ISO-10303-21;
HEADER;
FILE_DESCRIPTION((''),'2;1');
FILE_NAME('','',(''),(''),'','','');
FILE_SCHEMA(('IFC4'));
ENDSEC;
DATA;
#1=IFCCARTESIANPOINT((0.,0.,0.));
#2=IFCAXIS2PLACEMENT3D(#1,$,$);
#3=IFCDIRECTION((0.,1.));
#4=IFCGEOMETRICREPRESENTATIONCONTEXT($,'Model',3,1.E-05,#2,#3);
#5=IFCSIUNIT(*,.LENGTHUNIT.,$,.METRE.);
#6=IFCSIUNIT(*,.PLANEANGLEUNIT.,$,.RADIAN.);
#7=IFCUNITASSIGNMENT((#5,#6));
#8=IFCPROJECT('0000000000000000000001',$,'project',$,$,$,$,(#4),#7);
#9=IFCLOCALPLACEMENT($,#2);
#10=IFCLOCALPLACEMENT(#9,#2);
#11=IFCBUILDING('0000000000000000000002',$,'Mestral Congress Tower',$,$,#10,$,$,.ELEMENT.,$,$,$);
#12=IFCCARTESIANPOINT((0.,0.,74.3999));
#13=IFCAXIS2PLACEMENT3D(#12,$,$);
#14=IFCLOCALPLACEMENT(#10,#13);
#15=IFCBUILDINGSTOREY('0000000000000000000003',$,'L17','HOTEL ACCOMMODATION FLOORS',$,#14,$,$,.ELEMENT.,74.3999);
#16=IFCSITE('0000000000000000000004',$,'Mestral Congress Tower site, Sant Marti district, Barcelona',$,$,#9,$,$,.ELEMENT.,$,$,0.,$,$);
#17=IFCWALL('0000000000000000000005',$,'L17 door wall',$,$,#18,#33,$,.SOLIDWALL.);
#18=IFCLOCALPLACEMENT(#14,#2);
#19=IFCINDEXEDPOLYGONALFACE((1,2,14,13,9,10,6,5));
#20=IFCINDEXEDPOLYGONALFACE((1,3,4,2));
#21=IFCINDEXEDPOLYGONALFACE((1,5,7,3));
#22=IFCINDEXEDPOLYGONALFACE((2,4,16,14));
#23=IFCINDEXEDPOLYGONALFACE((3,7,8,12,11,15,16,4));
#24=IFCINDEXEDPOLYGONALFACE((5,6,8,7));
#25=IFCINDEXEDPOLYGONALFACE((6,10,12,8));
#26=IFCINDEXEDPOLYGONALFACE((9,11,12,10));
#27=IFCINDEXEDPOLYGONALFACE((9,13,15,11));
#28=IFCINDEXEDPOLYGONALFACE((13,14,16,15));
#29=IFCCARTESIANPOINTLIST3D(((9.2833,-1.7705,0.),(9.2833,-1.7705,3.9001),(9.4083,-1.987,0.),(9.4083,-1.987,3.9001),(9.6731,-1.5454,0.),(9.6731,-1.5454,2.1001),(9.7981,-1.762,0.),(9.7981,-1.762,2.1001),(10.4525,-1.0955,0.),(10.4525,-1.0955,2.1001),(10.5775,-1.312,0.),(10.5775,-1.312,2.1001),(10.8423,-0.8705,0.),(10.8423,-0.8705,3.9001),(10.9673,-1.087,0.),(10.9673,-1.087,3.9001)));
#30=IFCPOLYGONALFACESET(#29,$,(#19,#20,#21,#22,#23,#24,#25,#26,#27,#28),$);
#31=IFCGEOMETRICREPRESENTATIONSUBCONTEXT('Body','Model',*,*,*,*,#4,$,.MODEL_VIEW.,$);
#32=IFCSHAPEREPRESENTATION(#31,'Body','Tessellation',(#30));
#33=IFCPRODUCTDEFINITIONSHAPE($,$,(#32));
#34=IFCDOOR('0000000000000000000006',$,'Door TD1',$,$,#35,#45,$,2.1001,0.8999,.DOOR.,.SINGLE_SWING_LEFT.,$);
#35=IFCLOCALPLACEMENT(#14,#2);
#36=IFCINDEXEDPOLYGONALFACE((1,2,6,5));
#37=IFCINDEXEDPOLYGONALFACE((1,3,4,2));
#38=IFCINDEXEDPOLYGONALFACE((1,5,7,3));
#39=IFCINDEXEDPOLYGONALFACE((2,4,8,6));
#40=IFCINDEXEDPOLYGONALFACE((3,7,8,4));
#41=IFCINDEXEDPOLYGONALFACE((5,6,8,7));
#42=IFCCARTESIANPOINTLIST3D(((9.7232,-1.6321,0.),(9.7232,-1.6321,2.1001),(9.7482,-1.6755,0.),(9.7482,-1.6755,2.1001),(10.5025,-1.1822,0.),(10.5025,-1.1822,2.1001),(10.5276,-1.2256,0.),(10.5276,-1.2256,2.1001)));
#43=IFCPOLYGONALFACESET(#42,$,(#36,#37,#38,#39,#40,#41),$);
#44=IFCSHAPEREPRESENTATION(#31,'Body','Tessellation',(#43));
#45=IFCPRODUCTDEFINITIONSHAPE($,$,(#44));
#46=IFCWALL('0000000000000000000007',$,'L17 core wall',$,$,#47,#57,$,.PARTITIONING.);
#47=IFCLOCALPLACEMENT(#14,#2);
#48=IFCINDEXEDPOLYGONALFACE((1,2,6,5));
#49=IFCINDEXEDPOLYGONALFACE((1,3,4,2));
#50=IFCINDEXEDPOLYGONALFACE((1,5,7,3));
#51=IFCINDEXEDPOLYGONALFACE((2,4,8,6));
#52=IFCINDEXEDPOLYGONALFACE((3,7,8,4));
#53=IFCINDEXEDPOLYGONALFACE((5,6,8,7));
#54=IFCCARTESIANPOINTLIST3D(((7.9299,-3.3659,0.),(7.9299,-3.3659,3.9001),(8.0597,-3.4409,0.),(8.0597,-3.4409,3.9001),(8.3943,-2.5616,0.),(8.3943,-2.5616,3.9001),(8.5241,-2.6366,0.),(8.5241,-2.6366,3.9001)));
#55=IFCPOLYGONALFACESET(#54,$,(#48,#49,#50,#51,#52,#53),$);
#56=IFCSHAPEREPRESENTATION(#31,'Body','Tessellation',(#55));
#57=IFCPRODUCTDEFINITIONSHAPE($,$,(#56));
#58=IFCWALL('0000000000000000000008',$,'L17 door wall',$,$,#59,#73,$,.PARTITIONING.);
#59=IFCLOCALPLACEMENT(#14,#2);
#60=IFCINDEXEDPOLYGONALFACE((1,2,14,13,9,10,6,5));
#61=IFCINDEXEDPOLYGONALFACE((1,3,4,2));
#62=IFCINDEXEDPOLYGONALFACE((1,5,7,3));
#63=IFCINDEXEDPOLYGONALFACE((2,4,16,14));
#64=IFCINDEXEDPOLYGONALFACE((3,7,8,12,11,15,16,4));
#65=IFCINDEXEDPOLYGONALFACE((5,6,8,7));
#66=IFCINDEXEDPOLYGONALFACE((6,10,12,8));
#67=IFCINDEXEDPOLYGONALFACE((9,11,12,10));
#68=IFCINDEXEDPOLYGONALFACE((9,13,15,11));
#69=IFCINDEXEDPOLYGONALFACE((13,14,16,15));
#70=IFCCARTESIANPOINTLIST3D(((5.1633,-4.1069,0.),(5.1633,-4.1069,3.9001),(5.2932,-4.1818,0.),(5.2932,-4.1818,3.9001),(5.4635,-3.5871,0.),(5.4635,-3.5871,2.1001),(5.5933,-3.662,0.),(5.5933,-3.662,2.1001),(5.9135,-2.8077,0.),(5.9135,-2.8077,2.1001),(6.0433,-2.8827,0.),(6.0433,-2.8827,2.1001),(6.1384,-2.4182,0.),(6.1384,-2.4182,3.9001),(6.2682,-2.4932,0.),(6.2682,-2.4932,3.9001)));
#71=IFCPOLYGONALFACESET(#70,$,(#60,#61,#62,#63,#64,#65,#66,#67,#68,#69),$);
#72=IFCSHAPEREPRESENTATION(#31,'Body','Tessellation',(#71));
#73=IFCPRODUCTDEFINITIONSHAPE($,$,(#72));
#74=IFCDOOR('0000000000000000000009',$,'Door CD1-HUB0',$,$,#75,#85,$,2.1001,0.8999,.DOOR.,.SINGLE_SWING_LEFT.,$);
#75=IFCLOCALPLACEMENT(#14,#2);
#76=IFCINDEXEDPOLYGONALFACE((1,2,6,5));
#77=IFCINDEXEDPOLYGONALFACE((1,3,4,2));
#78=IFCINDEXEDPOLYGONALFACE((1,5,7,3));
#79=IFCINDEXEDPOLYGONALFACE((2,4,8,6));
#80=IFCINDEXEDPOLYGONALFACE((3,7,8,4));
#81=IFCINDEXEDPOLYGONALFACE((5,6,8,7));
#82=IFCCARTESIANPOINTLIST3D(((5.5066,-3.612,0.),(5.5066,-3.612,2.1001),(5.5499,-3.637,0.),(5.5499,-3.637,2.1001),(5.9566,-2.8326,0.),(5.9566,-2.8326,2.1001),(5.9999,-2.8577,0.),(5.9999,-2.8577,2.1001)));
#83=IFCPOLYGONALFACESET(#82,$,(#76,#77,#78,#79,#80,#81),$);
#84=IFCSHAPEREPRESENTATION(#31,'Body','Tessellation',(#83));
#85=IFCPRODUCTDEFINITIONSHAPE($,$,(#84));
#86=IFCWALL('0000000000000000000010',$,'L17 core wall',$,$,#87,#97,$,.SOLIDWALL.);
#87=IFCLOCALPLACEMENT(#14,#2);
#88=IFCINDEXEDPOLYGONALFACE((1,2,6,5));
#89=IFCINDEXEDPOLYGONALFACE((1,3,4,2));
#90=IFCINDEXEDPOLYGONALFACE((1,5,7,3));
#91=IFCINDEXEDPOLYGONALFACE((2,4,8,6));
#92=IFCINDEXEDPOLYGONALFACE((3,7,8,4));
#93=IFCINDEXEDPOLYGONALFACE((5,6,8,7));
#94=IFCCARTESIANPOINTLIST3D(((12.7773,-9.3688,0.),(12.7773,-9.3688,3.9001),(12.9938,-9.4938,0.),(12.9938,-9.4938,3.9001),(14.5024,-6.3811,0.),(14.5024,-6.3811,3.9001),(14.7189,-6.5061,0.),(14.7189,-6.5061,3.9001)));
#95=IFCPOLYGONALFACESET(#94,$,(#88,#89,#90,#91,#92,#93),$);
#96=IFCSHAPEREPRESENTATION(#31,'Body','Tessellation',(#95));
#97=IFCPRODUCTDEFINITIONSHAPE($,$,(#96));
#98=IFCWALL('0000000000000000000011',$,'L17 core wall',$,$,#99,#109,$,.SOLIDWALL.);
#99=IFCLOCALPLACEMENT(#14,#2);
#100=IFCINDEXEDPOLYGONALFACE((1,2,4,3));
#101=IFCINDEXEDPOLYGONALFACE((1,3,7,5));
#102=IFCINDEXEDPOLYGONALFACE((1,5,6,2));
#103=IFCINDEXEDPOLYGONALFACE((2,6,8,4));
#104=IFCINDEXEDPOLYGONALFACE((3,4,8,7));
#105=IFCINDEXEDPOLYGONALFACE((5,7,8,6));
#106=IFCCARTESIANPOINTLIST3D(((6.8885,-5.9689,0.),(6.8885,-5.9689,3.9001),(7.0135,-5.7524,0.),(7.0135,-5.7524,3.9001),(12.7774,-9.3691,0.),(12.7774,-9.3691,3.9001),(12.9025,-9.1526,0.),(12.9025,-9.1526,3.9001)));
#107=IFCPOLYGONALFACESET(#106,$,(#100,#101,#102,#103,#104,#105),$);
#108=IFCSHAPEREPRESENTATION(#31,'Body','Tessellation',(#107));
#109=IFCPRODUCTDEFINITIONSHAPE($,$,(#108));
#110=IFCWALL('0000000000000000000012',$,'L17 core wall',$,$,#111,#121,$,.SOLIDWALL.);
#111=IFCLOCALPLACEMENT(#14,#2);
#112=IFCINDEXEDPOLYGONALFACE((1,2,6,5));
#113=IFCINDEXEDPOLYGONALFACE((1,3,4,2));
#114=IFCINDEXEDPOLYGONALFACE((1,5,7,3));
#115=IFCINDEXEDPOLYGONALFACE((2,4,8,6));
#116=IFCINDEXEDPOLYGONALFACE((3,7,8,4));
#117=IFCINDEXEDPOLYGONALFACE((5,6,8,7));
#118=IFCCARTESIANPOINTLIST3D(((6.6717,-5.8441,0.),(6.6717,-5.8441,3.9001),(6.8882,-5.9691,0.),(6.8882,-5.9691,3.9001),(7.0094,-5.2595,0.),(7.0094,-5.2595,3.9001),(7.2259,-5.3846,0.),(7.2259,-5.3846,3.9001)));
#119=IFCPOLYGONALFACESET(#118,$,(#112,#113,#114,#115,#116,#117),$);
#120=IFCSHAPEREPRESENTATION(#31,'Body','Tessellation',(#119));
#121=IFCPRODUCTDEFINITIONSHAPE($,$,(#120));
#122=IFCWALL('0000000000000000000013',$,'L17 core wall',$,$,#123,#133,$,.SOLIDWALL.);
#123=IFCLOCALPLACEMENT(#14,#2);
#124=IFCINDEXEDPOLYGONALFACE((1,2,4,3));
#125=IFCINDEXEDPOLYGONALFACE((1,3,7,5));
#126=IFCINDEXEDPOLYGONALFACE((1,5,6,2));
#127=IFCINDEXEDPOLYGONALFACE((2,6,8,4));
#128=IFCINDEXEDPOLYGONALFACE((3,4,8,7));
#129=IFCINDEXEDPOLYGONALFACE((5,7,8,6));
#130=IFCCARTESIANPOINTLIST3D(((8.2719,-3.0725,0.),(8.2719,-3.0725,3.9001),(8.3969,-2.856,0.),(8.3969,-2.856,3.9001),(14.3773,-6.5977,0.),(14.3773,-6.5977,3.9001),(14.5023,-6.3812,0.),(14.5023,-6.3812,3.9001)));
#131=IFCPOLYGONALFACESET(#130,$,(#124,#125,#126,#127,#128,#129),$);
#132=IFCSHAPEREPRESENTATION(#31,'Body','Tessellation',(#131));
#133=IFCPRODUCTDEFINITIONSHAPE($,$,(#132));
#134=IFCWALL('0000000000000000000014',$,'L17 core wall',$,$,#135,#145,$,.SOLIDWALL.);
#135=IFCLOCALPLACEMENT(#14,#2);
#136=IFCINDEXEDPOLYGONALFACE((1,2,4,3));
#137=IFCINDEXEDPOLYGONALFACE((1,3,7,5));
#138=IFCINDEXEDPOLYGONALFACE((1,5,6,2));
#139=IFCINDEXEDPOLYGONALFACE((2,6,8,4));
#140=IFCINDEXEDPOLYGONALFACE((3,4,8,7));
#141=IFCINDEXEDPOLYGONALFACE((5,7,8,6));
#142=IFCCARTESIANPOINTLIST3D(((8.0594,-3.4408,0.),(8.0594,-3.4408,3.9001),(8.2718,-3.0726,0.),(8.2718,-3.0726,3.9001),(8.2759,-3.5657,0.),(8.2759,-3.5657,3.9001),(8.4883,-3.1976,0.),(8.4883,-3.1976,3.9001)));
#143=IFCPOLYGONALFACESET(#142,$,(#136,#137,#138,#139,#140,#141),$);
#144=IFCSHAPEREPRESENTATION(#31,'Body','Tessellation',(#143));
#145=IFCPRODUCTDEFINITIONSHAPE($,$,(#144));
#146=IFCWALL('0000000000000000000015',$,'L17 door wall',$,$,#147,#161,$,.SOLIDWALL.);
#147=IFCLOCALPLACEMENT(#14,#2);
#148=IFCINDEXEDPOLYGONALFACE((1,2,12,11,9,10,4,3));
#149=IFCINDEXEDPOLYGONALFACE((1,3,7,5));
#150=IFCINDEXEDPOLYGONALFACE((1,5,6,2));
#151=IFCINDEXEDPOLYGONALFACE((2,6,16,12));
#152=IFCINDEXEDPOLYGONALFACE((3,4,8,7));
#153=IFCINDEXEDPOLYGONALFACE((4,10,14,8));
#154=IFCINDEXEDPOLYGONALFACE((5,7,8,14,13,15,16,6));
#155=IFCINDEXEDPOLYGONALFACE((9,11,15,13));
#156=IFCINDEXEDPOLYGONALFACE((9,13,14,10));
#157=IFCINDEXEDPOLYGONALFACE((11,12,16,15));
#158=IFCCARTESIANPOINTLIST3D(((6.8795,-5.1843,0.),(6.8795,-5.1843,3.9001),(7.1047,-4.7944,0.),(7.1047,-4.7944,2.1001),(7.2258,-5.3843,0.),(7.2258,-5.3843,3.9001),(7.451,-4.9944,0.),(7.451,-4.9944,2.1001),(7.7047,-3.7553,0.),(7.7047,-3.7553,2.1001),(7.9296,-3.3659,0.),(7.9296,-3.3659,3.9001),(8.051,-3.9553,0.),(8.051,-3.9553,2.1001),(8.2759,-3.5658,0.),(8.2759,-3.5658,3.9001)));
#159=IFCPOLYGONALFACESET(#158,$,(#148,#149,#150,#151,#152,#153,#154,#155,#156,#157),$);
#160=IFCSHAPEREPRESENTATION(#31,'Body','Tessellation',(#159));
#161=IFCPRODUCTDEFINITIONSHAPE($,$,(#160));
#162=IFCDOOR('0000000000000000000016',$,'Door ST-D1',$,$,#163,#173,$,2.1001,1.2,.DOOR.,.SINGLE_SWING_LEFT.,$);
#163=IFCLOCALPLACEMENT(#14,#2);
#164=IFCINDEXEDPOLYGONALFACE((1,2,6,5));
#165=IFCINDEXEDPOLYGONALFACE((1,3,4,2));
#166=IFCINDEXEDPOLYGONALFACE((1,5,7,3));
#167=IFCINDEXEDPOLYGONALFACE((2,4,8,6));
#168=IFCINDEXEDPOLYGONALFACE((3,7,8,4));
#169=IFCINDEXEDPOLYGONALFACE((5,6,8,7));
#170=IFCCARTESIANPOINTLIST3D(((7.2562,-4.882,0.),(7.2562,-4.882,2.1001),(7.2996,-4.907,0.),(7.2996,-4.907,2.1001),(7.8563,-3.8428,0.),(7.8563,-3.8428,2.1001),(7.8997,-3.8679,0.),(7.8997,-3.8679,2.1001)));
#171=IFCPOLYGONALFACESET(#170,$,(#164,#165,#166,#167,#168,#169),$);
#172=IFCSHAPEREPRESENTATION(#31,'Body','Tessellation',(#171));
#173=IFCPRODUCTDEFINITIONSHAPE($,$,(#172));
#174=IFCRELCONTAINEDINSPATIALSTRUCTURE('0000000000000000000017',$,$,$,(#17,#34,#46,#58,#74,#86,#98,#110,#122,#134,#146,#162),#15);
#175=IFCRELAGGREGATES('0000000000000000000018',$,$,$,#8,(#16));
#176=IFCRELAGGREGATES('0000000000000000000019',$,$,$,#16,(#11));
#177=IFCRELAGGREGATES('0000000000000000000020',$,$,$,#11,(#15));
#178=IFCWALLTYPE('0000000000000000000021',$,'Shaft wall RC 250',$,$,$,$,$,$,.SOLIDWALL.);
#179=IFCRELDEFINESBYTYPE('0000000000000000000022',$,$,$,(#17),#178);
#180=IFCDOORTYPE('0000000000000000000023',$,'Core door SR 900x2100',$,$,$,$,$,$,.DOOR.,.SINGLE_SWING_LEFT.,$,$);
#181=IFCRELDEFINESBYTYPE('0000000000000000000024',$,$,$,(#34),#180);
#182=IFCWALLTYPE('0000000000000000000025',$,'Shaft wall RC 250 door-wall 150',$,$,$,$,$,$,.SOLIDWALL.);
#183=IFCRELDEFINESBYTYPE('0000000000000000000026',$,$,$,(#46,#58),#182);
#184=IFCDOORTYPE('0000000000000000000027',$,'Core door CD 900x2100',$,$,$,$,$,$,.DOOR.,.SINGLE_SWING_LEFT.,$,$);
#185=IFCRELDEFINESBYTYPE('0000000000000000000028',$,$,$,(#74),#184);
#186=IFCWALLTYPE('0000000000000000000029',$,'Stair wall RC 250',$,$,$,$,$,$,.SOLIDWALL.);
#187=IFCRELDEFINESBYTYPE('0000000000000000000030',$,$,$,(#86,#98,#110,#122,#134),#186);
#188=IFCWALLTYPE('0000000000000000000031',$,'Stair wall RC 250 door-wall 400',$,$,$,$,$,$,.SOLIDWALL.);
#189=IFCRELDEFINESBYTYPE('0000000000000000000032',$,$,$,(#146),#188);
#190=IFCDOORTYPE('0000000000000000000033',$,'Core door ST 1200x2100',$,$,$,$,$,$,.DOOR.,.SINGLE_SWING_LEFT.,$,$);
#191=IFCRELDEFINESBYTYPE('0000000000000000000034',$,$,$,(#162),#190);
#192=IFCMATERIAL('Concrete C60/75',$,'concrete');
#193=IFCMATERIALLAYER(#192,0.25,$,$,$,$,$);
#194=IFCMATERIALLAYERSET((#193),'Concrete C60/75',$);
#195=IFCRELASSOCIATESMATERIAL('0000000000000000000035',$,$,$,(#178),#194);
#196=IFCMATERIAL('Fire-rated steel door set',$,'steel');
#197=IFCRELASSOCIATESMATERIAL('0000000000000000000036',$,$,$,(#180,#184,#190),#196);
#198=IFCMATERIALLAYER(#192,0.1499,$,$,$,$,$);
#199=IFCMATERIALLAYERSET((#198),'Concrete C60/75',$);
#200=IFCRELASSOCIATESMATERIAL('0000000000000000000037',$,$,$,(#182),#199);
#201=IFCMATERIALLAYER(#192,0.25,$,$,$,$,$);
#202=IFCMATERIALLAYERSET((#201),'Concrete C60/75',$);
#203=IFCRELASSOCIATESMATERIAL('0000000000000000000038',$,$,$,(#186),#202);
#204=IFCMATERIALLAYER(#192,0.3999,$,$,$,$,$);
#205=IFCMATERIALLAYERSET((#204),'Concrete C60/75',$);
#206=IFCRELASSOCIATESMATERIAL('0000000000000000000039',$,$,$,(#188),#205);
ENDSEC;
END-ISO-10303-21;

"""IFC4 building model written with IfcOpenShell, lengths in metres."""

from ifc_helpers import new_model, si_unit, direction, frame, frame_2d, origin, place, context, subcontext, project, spatial, rectangle, extrude, material, layer, layer_set, type_object, element, fill, save


model = new_model("IFC4")

# Units and contexts
model_context = context("Model", 3, precision=1e-05, world=origin(), true_north=direction((0.0, 1.0)))
body_context = subcontext(model_context, "Body", "Model", "MODEL_VIEW")
ifc_project = project(units=[si_unit("LENGTHUNIT", "METRE"), si_unit("PLANEANGLEUNIT", "RADIAN")], contexts=[model_context])

# Site, building, storey
site_placement = place(None, origin())
site = spatial("IfcSite", under=ifc_project, at=site_placement, Name="Mestral Congress Tower site, Sant Marti district, Barcelona", CompositionType="ELEMENT", RefElevation=0.0)
building_placement = place(site_placement, origin())
building = spatial("IfcBuilding", under=site, at=building_placement, Name="Mestral Congress Tower", CompositionType="ELEMENT")
storey_placement = place(building_placement, frame((0.0, 0.0, 74.3999)))
storey = spatial("IfcBuildingStorey", under=building, at=storey_placement, Name="L17", Description="HOTEL ACCOMMODATION FLOORS", CompositionType="ELEMENT", Elevation=74.3999)

# Shared definitions
ifc_material_1 = material(Name="Fire-rated steel door set", Category="steel")

# Shared definitions
ifc_material_2 = material(Name="Concrete C60/75", Category="concrete")
ifc_layer_1 = layer(ifc_material_2, 0.25)
ifc_layer_set_1 = layer_set([ifc_layer_1], Name="Concrete C60/75")
wall_type_1 = type_object("IfcWallType", Name="Shaft wall RC 250", PredefinedType="SOLIDWALL", material=ifc_layer_set_1)

# Wall, opening, door
door_type_1 = type_object("IfcDoorType", Name="Core door SR 900x2100", OperationType="SINGLE_SWING_LEFT", PredefinedType="DOOR", material=ifc_material_1)
wall_1_placement = place(storey_placement, frame((9.3459, -1.8787, 0.0), z_axis=(0.0, 0.0, 1.0), x_axis=(0.866048, 0.499961, 0.0)))
wall_1 = element("IfcWall", 1, at=wall_1_placement, inside=storey, type_object=wall_type_1, Name="L17 door wall", PredefinedType="SOLIDWALL", context=body_context, shape_type="SweptSolid", body=[
    extrude(rectangle(XDim=1.8, YDim=0.25, at=frame_2d((0.8999, 0.0))), origin(), (0.0, 0.0, 1.0), 3.9001),
])
opening_1_placement = place(wall_1_placement, frame((0.45, 0.0, 0.0)))
opening_1 = element("IfcOpeningElement", 2, at=opening_1_placement, cuts=wall_1, PredefinedType="OPENING", context=body_context, shape_type="SweptSolid", body=[
    extrude(rectangle(XDim=0.8999, YDim=2.1001, at=frame_2d((0.45, 1.05))), frame((0.0, 0.135, 0.0), z_axis=(0.0, -1.0, 0.0), x_axis=(1.0, 0.0, 0.0)), (0.0, 0.0, 1.0), 0.27),
])
door_1_placement = place(opening_1_placement, origin())
door_1 = element("IfcDoor", 3, at=door_1_placement, inside=storey, type_object=door_type_1, Name="Door TD1", OperationType="SINGLE_SWING_LEFT", OverallHeight=2.1001, OverallWidth=0.8999, PredefinedType="DOOR", context=body_context, shape_type="SweptSolid", body=[
    extrude(rectangle(XDim=0.8999, YDim=2.1001, at=frame_2d((0.45, 1.05))), frame((0.0, 0.0249, 0.0), z_axis=(0.0, -1.0, 0.0), x_axis=(1.0, 0.0, 0.0)), (0.0, 0.0, 1.0), 0.05),
])
fill(opening_1, door_1)

# Wall
ifc_layer_2 = layer(ifc_material_2, 0.1499)
ifc_layer_set_2 = layer_set([ifc_layer_2], Name="Concrete C60/75")
wall_type_2 = type_object("IfcWallType", Name="Shaft wall RC 250 door-wall 150", PredefinedType="SOLIDWALL", material=ifc_layer_set_2)
wall_2_placement = place(storey_placement, frame((8.4592, -2.5991, 0.0), z_axis=(0.0, 0.0, 1.0), x_axis=(-0.500041, -0.866002, 0.0)))
element("IfcWall", 4, at=wall_2_placement, inside=storey, type_object=wall_type_2, Name="L17 core wall", PredefinedType="PARTITIONING", context=body_context, shape_type="SweptSolid", body=[
    extrude(rectangle(XDim=0.9287, YDim=0.1499, at=frame_2d((0.4644, 0.0))), origin(), (0.0, 0.0, 1.0), 3.9001),
])

# Wall, opening, door
wall_3_placement = place(storey_placement, frame((6.2034, -2.4556, 0.0), z_axis=(0.0, 0.0, 1.0), x_axis=(-0.500044, -0.866, 0.0)))
wall_3 = element("IfcWall", 5, at=wall_3_placement, inside=storey, type_object=wall_type_2, Name="L17 door wall", PredefinedType="PARTITIONING", context=body_context, shape_type="SweptSolid", body=[
    extrude(rectangle(XDim=1.95, YDim=0.1499, at=frame_2d((0.9751, 0.0))), origin(), (0.0, 0.0, 1.0), 3.9001),
])
opening_2_placement = place(wall_3_placement, frame((0.45, 0.0, 0.0)))
opening_2 = element("IfcOpeningElement", 6, at=opening_2_placement, cuts=wall_3, PredefinedType="OPENING", context=body_context, shape_type="SweptSolid", body=[
    extrude(rectangle(XDim=0.8999, YDim=2.1001, at=frame_2d((0.45, 1.05))), frame((0.0, 0.085, 0.0), z_axis=(0.0, -1.0, 0.0), x_axis=(1.0, 0.0, 0.0)), (0.0, 0.0, 1.0), 0.1699),
])
door_type_2 = type_object("IfcDoorType", Name="Core door CD 900x2100", OperationType="SINGLE_SWING_LEFT", PredefinedType="DOOR", material=ifc_material_1)
door_2_placement = place(opening_2_placement, origin())
door_2 = element("IfcDoor", 7, at=door_2_placement, inside=storey, type_object=door_type_2, Name="Door CD1-HUB0", OperationType="SINGLE_SWING_LEFT", OverallHeight=2.1001, OverallWidth=0.8999, PredefinedType="DOOR", context=body_context, shape_type="SweptSolid", body=[
    extrude(rectangle(XDim=0.8999, YDim=2.1001, at=frame_2d((0.45, 1.05))), frame((0.0, 0.0249, 0.0), z_axis=(0.0, -1.0, 0.0), x_axis=(1.0, 0.0, 0.0)), (0.0, 0.0, 1.0), 0.05),
])
fill(opening_2, door_2)

# Walls
ifc_layer_3 = layer(ifc_material_2, 0.25)
ifc_layer_set_3 = layer_set([ifc_layer_3], Name="Concrete C60/75")
wall_type_3 = type_object("IfcWallType", Name="Stair wall RC 250", PredefinedType="SOLIDWALL", material=ifc_layer_set_3)
wall_4_placement = place(storey_placement, frame((12.8855, -9.4314, 0.0), z_axis=(0.0, 0.0, 1.0), x_axis=(0.500021, 0.866014, 0.0)))
element("IfcWall", 8, at=wall_4_placement, inside=storey, type_object=wall_type_3, Name="L17 core wall", PredefinedType="SOLIDWALL", context=body_context, shape_type="SweptSolid", body=[
    extrude(rectangle(XDim=3.45, YDim=0.25, at=frame_2d((1.7251, 0.0))), origin(), (0.0, 0.0, 1.0), 3.9001),
])
wall_5_placement = place(storey_placement, frame((12.8398, -9.2607, 0.0), z_axis=(0.0, 0.0, 1.0), x_axis=(-0.866014, 0.50002, 0.0)))
element("IfcWall", 9, at=wall_5_placement, inside=storey, type_object=wall_type_3, Name="L17 core wall", PredefinedType="SOLIDWALL", context=body_context, shape_type="SweptSolid", body=[
    extrude(rectangle(XDim=6.8, YDim=0.25, at=frame_2d((3.3999, 0.0))), origin(), (0.0, 0.0, 1.0), 3.9001),
])
wall_6_placement = place(storey_placement, frame((6.78, -5.9065, 0.0), z_axis=(0.0, 0.0, 1.0), x_axis=(0.500223, 0.865896, 0.0)))
element("IfcWall", 10, at=wall_6_placement, inside=storey, type_object=wall_type_3, Name="L17 core wall", PredefinedType="SOLIDWALL", context=body_context, shape_type="SweptSolid", body=[
    extrude(rectangle(XDim=0.675, YDim=0.25, at=frame_2d((0.3374, 0.0))), origin(), (0.0, 0.0, 1.0), 3.9001),
])
wall_7_placement = place(storey_placement, frame((8.3345, -2.9644, 0.0), z_axis=(0.0, 0.0, 1.0), x_axis=(0.866016, -0.500016, 0.0)))
element("IfcWall", 11, at=wall_7_placement, inside=storey, type_object=wall_type_3, Name="L17 core wall", PredefinedType="SOLIDWALL", context=body_context, shape_type="SweptSolid", body=[
    extrude(rectangle(XDim=7.05, YDim=0.25, at=frame_2d((3.5249, 0.0))), origin(), (0.0, 0.0, 1.0), 3.9001),
])
wall_8_placement = place(storey_placement, frame((8.1677, -3.5032, 0.0), z_axis=(0.0, 0.0, 1.0), x_axis=(0.499722, 0.866186, 0.0)))
element("IfcWall", 12, at=wall_8_placement, inside=storey, type_object=wall_type_3, Name="L17 core wall", PredefinedType="SOLIDWALL", context=body_context, shape_type="SweptSolid", body=[
    extrude(rectangle(XDim=0.425, YDim=0.25, at=frame_2d((0.2124, 0.0))), origin(), (0.0, 0.0, 1.0), 3.9001),
])

# Wall, opening, door
ifc_layer_4 = layer(ifc_material_2, 0.3999)
ifc_layer_set_4 = layer_set([ifc_layer_4], Name="Concrete C60/75")
wall_type_4 = type_object("IfcWallType", Name="Stair wall RC 250 door-wall 400", PredefinedType="SOLIDWALL", material=ifc_layer_set_4)
wall_9_placement = place(storey_placement, frame((7.0527, -5.2842, 0.0), z_axis=(0.0, 0.0, 1.0), x_axis=(0.500078, 0.86598, 0.0)))
wall_9 = element("IfcWall", 13, at=wall_9_placement, inside=storey, type_object=wall_type_4, Name="L17 door wall", PredefinedType="SOLIDWALL", context=body_context, shape_type="SweptSolid", body=[
    extrude(rectangle(XDim=2.0999, YDim=0.3999, at=frame_2d((1.0498, 0.0))), origin(), (0.0, 0.0, 1.0), 3.9001),
])
opening_3_placement = place(wall_9_placement, frame((0.45, 0.0, 0.0)))
opening_3 = element("IfcOpeningElement", 14, at=opening_3_placement, cuts=wall_9, PredefinedType="OPENING", context=body_context, shape_type="SweptSolid", body=[
    extrude(rectangle(XDim=1.2, YDim=2.1001, at=frame_2d((0.6001, 1.05))), frame((0.0, 0.21, 0.0), z_axis=(0.0, -1.0, 0.0), x_axis=(1.0, 0.0, 0.0)), (0.0, 0.0, 1.0), 0.4199),
])
door_type_3 = type_object("IfcDoorType", Name="Core door ST 1200x2100", OperationType="SINGLE_SWING_LEFT", PredefinedType="DOOR", material=ifc_material_1)
door_3_placement = place(opening_3_placement, origin())
door_3 = element("IfcDoor", 15, at=door_3_placement, inside=storey, type_object=door_type_3, Name="Door ST-D1", OperationType="SINGLE_SWING_LEFT", OverallHeight=2.1001, OverallWidth=1.2, PredefinedType="DOOR", context=body_context, shape_type="SweptSolid", body=[
    extrude(rectangle(XDim=1.2, YDim=2.1001, at=frame_2d((0.6001, 1.05))), frame((0.0, 0.0249, 0.0), z_axis=(0.0, -1.0, 0.0), x_axis=(1.0, 0.0, 0.0)), (0.0, 0.0, 1.0), 0.05),
])
fill(opening_3, door_3)

save(model, "model.ifc")
